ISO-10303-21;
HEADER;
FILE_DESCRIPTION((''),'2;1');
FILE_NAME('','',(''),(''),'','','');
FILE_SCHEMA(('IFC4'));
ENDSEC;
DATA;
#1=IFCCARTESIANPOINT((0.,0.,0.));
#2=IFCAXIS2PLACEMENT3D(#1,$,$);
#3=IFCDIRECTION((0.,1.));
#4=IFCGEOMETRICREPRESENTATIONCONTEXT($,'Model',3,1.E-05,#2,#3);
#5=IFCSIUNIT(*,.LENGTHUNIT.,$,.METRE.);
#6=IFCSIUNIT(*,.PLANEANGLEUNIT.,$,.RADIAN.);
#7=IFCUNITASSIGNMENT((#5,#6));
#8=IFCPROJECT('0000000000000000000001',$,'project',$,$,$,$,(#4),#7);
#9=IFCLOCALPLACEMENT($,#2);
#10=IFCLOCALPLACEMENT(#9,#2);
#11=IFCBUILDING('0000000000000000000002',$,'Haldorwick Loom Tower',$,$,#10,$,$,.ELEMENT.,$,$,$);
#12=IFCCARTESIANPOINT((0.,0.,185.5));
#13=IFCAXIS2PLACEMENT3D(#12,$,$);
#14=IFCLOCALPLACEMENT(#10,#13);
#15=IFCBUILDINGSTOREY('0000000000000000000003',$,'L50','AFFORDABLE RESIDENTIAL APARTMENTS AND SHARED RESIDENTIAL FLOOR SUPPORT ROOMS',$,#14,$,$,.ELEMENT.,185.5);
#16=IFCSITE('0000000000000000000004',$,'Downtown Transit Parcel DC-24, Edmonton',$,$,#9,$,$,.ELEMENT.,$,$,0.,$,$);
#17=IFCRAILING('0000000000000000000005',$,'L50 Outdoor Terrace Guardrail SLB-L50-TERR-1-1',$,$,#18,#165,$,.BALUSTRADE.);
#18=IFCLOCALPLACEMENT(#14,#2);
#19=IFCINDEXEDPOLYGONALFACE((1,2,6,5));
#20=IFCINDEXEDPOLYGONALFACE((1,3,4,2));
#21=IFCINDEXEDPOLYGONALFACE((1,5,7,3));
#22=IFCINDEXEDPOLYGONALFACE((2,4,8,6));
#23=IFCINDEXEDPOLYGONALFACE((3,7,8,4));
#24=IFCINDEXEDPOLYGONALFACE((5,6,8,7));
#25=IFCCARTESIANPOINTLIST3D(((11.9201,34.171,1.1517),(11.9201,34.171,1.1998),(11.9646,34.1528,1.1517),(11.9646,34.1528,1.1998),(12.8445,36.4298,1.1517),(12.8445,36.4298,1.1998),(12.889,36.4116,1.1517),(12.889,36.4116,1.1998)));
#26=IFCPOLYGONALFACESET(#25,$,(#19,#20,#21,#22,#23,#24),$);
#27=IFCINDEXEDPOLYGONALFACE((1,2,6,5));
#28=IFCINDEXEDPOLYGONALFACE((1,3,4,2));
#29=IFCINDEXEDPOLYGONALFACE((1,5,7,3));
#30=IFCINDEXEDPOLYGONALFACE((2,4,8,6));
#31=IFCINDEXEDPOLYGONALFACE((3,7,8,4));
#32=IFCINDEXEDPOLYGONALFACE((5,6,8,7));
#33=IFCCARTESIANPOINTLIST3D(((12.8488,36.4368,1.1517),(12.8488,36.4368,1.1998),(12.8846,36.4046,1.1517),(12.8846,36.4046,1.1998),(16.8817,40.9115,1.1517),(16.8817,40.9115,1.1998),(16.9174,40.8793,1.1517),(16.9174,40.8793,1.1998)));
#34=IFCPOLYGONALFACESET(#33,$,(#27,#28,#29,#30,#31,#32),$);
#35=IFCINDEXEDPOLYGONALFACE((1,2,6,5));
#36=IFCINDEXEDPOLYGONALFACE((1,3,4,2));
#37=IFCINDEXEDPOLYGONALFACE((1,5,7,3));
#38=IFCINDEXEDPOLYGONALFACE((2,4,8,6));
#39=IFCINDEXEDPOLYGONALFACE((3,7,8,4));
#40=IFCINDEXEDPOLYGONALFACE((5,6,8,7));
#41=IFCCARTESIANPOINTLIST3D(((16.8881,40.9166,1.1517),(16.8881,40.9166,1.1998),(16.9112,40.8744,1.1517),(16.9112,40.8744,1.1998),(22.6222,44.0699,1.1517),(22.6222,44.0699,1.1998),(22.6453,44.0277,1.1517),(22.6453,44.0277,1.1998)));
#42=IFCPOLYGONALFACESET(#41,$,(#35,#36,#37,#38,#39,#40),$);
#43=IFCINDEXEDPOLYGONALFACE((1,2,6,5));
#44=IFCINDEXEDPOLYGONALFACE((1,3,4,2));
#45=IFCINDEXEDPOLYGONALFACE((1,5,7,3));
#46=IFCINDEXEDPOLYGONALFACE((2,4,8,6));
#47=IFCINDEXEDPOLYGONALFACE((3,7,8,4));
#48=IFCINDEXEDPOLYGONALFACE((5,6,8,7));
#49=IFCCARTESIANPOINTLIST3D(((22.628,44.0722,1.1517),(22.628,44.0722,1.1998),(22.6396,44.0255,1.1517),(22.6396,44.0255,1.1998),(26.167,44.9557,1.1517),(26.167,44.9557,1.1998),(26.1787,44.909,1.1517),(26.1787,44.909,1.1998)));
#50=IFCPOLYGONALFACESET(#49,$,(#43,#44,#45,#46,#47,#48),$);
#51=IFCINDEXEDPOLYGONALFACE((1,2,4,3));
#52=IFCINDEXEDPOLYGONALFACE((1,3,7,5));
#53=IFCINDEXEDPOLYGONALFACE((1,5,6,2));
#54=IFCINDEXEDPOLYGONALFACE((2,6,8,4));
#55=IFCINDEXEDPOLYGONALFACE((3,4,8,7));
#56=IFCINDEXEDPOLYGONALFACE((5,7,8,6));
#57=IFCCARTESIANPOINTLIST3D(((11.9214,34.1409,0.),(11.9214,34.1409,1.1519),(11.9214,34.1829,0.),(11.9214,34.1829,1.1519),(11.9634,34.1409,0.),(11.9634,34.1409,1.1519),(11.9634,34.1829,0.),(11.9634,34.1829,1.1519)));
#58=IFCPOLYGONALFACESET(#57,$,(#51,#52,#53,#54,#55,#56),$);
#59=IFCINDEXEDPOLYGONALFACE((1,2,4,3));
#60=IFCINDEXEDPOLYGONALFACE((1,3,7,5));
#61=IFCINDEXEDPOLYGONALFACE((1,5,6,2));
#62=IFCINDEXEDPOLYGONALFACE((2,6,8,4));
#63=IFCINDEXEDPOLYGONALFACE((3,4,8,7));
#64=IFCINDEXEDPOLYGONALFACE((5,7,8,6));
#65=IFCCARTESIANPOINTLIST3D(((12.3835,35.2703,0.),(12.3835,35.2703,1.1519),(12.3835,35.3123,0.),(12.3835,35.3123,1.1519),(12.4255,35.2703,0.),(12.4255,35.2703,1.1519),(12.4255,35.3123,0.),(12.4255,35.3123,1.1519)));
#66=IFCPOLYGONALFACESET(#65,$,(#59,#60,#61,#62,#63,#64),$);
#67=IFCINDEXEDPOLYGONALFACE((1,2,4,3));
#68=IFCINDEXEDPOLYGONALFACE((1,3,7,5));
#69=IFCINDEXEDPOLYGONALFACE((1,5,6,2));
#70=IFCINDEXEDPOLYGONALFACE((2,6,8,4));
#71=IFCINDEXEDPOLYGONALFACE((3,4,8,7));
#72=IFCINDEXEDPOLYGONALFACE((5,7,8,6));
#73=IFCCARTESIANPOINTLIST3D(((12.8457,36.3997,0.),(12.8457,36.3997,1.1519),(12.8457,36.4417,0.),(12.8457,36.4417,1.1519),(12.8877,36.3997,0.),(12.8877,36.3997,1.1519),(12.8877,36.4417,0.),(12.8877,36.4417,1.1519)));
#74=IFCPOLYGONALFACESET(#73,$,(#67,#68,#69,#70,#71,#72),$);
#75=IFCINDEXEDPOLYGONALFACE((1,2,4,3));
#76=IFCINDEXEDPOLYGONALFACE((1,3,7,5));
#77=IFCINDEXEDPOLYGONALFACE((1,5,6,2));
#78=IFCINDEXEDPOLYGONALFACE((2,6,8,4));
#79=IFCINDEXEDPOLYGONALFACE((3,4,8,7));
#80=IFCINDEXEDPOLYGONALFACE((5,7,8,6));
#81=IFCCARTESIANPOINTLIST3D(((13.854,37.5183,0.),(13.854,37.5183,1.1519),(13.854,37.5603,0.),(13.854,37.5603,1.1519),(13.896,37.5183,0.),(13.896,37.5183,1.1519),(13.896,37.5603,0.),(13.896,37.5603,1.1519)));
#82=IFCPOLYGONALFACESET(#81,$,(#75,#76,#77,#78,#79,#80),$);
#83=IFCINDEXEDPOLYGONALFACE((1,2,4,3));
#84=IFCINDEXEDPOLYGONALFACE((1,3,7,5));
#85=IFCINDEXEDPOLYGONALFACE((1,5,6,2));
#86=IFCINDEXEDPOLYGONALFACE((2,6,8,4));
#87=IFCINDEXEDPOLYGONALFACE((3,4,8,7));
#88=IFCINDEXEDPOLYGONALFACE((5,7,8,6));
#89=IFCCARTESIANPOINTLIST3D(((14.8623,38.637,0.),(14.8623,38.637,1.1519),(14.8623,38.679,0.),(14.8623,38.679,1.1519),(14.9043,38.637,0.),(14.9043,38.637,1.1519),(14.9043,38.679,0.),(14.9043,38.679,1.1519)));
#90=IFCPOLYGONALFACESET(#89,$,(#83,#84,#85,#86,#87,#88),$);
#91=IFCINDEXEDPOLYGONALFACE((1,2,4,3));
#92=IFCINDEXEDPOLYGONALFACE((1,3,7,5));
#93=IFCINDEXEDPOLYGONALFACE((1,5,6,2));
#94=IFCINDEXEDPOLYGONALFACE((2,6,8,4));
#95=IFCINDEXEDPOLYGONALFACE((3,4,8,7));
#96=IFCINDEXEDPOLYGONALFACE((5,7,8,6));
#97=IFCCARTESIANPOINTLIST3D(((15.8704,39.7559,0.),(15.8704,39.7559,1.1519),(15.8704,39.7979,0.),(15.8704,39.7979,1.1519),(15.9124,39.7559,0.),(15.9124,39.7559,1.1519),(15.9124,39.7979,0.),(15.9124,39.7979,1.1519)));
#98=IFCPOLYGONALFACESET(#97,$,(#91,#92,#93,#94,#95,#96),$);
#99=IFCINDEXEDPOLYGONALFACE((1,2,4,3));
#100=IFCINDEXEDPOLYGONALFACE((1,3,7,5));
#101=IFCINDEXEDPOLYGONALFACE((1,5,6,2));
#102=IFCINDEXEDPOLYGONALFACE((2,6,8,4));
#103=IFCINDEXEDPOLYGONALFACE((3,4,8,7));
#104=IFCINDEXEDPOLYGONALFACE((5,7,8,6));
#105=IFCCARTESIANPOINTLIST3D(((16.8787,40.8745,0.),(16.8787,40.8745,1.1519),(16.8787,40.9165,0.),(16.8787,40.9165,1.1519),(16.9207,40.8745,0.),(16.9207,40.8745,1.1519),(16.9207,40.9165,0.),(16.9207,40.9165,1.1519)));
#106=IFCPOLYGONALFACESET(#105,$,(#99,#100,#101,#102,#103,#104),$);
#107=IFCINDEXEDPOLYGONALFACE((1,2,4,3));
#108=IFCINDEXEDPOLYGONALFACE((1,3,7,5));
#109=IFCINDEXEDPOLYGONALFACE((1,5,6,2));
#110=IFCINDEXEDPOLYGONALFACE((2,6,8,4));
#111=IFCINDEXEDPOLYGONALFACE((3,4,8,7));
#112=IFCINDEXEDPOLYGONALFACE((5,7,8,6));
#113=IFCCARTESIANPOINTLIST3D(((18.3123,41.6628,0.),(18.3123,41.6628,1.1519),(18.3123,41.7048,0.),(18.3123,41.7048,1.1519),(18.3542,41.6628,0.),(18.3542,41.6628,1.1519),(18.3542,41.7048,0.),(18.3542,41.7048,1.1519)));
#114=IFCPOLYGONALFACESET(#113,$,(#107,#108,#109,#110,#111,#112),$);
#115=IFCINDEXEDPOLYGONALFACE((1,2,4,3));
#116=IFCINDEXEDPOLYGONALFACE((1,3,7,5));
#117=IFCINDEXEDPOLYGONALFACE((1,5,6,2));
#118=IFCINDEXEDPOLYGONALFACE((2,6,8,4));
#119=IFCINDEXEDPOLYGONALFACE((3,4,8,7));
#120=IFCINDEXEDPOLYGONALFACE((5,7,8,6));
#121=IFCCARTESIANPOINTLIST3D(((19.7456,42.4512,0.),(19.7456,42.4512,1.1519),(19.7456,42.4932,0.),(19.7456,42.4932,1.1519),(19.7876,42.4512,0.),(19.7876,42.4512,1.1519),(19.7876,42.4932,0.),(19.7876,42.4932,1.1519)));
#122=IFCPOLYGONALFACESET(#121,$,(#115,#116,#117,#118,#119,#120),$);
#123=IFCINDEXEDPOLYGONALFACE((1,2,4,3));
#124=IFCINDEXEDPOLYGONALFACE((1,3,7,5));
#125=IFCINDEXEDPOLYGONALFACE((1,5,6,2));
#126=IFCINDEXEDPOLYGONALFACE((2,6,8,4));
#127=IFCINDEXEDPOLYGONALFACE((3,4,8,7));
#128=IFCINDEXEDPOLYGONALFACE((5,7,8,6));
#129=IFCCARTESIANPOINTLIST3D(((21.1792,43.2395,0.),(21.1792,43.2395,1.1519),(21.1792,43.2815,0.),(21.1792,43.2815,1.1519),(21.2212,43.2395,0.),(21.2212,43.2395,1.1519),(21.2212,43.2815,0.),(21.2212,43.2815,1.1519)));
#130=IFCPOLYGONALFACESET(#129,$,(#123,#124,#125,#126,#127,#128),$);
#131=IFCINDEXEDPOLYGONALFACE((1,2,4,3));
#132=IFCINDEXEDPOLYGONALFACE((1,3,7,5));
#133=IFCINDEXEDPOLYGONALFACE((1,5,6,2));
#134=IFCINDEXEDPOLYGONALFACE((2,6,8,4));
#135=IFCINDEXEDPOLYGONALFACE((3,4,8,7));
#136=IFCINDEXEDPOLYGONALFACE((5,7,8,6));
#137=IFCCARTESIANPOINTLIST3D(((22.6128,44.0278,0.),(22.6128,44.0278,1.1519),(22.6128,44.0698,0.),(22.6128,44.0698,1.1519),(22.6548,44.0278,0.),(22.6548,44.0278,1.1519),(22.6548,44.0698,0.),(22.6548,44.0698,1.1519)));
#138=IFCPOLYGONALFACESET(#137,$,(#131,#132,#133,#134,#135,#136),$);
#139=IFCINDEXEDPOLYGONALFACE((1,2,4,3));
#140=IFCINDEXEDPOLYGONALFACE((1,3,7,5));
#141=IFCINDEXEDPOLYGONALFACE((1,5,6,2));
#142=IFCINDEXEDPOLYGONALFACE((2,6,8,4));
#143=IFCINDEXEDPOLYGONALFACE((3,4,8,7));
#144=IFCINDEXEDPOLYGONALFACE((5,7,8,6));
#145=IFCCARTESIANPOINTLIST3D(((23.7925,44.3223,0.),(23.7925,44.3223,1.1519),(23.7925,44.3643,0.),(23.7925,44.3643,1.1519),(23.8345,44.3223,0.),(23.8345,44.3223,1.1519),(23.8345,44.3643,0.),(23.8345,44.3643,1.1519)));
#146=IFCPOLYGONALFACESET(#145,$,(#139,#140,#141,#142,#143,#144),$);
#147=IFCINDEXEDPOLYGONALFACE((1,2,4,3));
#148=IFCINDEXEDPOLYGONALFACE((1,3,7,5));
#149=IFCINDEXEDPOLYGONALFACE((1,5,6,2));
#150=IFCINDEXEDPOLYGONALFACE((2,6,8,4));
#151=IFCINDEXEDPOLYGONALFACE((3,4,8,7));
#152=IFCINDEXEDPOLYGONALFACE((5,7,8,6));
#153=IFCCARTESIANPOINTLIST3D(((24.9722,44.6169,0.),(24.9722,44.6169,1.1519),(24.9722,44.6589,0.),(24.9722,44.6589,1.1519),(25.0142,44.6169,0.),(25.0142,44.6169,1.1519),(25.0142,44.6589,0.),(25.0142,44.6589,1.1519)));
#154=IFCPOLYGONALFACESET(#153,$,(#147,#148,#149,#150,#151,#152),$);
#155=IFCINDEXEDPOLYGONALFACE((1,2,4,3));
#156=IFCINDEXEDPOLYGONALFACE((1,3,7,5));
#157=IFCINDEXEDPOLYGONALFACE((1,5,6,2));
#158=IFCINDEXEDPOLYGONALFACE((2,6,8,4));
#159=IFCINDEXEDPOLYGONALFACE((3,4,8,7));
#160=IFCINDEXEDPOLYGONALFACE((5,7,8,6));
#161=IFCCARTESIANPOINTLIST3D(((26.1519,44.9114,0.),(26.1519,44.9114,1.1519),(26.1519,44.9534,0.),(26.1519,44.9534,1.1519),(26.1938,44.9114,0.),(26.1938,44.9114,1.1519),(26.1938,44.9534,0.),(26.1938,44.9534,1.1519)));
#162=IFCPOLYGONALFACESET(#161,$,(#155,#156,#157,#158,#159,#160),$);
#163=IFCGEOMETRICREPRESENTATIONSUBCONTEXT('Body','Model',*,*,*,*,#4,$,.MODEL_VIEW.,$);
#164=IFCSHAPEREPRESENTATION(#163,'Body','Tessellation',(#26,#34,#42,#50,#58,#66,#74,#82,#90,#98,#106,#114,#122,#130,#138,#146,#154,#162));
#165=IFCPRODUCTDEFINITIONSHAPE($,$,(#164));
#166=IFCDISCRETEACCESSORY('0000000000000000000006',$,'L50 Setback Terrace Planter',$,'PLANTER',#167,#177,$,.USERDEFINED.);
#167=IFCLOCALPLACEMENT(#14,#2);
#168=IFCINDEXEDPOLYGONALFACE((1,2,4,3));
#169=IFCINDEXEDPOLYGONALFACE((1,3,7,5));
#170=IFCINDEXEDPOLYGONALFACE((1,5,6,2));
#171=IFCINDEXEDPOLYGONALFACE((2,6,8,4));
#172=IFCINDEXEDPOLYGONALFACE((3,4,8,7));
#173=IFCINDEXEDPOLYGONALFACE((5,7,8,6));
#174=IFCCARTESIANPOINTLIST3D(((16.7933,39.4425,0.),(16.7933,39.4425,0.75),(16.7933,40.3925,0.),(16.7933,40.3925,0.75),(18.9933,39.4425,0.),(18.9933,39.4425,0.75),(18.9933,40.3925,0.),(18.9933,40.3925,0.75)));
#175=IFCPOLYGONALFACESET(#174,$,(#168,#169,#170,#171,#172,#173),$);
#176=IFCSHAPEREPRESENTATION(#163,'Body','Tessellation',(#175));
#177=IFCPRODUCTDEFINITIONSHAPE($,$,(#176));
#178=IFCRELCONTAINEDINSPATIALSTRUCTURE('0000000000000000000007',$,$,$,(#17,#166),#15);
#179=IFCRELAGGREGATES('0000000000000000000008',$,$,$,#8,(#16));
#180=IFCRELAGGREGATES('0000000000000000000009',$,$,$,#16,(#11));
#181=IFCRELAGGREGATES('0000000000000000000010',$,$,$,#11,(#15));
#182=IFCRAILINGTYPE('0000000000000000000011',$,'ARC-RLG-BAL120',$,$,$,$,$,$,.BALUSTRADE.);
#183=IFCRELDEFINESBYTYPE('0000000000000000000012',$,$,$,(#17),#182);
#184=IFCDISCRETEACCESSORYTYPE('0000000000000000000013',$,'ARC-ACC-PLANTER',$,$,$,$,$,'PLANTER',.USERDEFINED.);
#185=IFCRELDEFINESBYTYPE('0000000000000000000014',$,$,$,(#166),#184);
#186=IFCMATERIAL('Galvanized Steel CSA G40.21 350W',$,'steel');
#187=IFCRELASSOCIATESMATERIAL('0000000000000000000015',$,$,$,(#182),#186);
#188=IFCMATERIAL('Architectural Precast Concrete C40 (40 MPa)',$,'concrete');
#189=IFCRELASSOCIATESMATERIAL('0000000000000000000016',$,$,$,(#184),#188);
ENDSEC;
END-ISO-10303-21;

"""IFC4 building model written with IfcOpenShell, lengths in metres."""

from ifc_helpers import new_model, si_unit, direction, frame, origin, origin_2d, place, context, subcontext, project, spatial, rectangle, extrude, material, type_object, element, save


model = new_model("IFC4")

# Units and contexts
model_context = context("Model", 3, precision=1e-05, world=origin(), true_north=direction((0.0, 1.0)))
body_context = subcontext(model_context, "Body", "Model", "MODEL_VIEW")
ifc_project = project(units=[si_unit("LENGTHUNIT", "METRE"), si_unit("PLANEANGLEUNIT", "RADIAN")], contexts=[model_context])

# Site, building, storey
site_placement = place(None, origin())
site = spatial("IfcSite", under=ifc_project, at=site_placement, Name="Downtown Transit Parcel DC-24, Edmonton", CompositionType="ELEMENT", RefElevation=0.0)
building_placement = place(site_placement, origin())
building = spatial("IfcBuilding", under=site, at=building_placement, Name="Haldorwick Loom Tower", CompositionType="ELEMENT")
storey_placement = place(building_placement, frame((0.0, 0.0, 185.5)))
storey = spatial("IfcBuildingStorey", under=building, at=storey_placement, Name="L50", Description="AFFORDABLE RESIDENTIAL APARTMENTS AND SHARED RESIDENTIAL FLOOR SUPPORT ROOMS", CompositionType="ELEMENT", Elevation=185.5)

# Railing
ifc_material_1 = material(Name="Galvanized Steel CSA G40.21 350W", Category="steel")
railing_type = type_object("IfcRailingType", Name="ARC-RLG-BAL120", PredefinedType="BALUSTRADE", material=ifc_material_1)
railing_placement = place(storey_placement, frame((11.9424, 34.1619, 0.0)))
element("IfcRailing", 1, at=railing_placement, inside=storey, type_object=railing_type, Name="L50 Outdoor Terrace Guardrail SLB-L50-TERR-1-1", PredefinedType="BALUSTRADE", context=body_context, shape_type="SweptSolid", body=[
    extrude(rectangle(XDim=0.0481, YDim=0.0481, at=origin_2d()), frame((0.0, 0.0, 1.1758), z_axis=(0.378726, 0.925509, 0.0), x_axis=(-0.925509, 0.378726, 0.0)), (0.0, 0.0, 1.0), 2.4407),
    extrude(rectangle(XDim=0.0481, YDim=0.0481, at=origin_2d()), frame((0.9243, 2.2588, 1.1758), z_axis=(0.669477, 0.742832, 0.0), x_axis=(-0.742832, 0.669477, 0.0)), (0.0, 0.0, 1.0), 6.0239),
    extrude(rectangle(XDim=0.0481, YDim=0.0481, at=origin_2d()), frame((4.9573, 6.7336, 1.1758), z_axis=(0.876245, 0.481866, 0.0), x_axis=(-0.481866, 0.876245, 0.0)), (0.0, 0.0, 1.0), 6.5439),
    extrude(rectangle(XDim=0.0481, YDim=0.0481, at=origin_2d()), frame((10.6914, 9.887, 1.1758), z_axis=(0.970221, 0.242221, 0.0), x_axis=(-0.242221, 0.970221, 0.0)), (0.0, 0.0, 1.0), 3.6477),
    extrude(rectangle(XDim=0.042, YDim=0.042, at=origin_2d()), origin(), (0.0, 0.0, 1.0), 1.1519),
    extrude(rectangle(XDim=0.042, YDim=0.042, at=origin_2d()), frame((0.4622, 1.1294, 0.0)), (0.0, 0.0, 1.0), 1.1519),
    extrude(rectangle(XDim=0.042, YDim=0.042, at=origin_2d()), frame((0.9243, 2.2588, 0.0)), (0.0, 0.0, 1.0), 1.1519),
    extrude(rectangle(XDim=0.042, YDim=0.042, at=origin_2d()), frame((1.9326, 3.3774, 0.0)), (0.0, 0.0, 1.0), 1.1519),
    extrude(rectangle(XDim=0.042, YDim=0.042, at=origin_2d()), frame((2.9409, 4.4961, 0.0)), (0.0, 0.0, 1.0), 1.1519),
    extrude(rectangle(XDim=0.042, YDim=0.042, at=origin_2d()), frame((3.949, 5.615, 0.0)), (0.0, 0.0, 1.0), 1.1519),
    extrude(rectangle(XDim=0.042, YDim=0.042, at=origin_2d()), frame((4.9573, 6.7336, 0.0)), (0.0, 0.0, 1.0), 1.1519),
    extrude(rectangle(XDim=0.042, YDim=0.042, at=origin_2d()), frame((6.3909, 7.522, 0.0)), (0.0, 0.0, 1.0), 1.1519),
    extrude(rectangle(XDim=0.042, YDim=0.042, at=origin_2d()), frame((7.8242, 8.3103, 0.0)), (0.0, 0.0, 1.0), 1.1519),
    extrude(rectangle(XDim=0.042, YDim=0.042, at=origin_2d()), frame((9.2578, 9.0986, 0.0)), (0.0, 0.0, 1.0), 1.1519),
    extrude(rectangle(XDim=0.042, YDim=0.042, at=origin_2d()), frame((10.6914, 9.887, 0.0)), (0.0, 0.0, 1.0), 1.1519),
    extrude(rectangle(XDim=0.042, YDim=0.042, at=origin_2d()), frame((11.8711, 10.1814, 0.0)), (0.0, 0.0, 1.0), 1.1519),
    extrude(rectangle(XDim=0.042, YDim=0.042, at=origin_2d()), frame((13.0508, 10.4761, 0.0)), (0.0, 0.0, 1.0), 1.1519),
    extrude(rectangle(XDim=0.042, YDim=0.042, at=origin_2d()), frame((14.2305, 10.7705, 0.0)), (0.0, 0.0, 1.0), 1.1519),
])

# Discrete accessory
ifc_material_2 = material(Name="Architectural Precast Concrete C40 (40 MPa)", Category="concrete")
discrete_accessory_type = type_object("IfcDiscreteAccessoryType", Name="ARC-ACC-PLANTER", ElementType="PLANTER", PredefinedType="USERDEFINED", material=ifc_material_2)
discrete_accessory_placement = place(storey_placement, frame((17.8933, 39.9175, 0.0), z_axis=(0.0, 0.0, 1.0), x_axis=(1.0, 0.0, 0.0)))
element("IfcDiscreteAccessory", 2, at=discrete_accessory_placement, inside=storey, type_object=discrete_accessory_type, Name="L50 Setback Terrace Planter", ObjectType="PLANTER", PredefinedType="USERDEFINED", context=body_context, shape_type="SweptSolid", body=[
    extrude(rectangle(XDim=2.2, YDim=0.95, at=origin_2d()), origin(), (0.0, 0.0, 1.0), 0.75),
])

save(model, "model.ifc")
